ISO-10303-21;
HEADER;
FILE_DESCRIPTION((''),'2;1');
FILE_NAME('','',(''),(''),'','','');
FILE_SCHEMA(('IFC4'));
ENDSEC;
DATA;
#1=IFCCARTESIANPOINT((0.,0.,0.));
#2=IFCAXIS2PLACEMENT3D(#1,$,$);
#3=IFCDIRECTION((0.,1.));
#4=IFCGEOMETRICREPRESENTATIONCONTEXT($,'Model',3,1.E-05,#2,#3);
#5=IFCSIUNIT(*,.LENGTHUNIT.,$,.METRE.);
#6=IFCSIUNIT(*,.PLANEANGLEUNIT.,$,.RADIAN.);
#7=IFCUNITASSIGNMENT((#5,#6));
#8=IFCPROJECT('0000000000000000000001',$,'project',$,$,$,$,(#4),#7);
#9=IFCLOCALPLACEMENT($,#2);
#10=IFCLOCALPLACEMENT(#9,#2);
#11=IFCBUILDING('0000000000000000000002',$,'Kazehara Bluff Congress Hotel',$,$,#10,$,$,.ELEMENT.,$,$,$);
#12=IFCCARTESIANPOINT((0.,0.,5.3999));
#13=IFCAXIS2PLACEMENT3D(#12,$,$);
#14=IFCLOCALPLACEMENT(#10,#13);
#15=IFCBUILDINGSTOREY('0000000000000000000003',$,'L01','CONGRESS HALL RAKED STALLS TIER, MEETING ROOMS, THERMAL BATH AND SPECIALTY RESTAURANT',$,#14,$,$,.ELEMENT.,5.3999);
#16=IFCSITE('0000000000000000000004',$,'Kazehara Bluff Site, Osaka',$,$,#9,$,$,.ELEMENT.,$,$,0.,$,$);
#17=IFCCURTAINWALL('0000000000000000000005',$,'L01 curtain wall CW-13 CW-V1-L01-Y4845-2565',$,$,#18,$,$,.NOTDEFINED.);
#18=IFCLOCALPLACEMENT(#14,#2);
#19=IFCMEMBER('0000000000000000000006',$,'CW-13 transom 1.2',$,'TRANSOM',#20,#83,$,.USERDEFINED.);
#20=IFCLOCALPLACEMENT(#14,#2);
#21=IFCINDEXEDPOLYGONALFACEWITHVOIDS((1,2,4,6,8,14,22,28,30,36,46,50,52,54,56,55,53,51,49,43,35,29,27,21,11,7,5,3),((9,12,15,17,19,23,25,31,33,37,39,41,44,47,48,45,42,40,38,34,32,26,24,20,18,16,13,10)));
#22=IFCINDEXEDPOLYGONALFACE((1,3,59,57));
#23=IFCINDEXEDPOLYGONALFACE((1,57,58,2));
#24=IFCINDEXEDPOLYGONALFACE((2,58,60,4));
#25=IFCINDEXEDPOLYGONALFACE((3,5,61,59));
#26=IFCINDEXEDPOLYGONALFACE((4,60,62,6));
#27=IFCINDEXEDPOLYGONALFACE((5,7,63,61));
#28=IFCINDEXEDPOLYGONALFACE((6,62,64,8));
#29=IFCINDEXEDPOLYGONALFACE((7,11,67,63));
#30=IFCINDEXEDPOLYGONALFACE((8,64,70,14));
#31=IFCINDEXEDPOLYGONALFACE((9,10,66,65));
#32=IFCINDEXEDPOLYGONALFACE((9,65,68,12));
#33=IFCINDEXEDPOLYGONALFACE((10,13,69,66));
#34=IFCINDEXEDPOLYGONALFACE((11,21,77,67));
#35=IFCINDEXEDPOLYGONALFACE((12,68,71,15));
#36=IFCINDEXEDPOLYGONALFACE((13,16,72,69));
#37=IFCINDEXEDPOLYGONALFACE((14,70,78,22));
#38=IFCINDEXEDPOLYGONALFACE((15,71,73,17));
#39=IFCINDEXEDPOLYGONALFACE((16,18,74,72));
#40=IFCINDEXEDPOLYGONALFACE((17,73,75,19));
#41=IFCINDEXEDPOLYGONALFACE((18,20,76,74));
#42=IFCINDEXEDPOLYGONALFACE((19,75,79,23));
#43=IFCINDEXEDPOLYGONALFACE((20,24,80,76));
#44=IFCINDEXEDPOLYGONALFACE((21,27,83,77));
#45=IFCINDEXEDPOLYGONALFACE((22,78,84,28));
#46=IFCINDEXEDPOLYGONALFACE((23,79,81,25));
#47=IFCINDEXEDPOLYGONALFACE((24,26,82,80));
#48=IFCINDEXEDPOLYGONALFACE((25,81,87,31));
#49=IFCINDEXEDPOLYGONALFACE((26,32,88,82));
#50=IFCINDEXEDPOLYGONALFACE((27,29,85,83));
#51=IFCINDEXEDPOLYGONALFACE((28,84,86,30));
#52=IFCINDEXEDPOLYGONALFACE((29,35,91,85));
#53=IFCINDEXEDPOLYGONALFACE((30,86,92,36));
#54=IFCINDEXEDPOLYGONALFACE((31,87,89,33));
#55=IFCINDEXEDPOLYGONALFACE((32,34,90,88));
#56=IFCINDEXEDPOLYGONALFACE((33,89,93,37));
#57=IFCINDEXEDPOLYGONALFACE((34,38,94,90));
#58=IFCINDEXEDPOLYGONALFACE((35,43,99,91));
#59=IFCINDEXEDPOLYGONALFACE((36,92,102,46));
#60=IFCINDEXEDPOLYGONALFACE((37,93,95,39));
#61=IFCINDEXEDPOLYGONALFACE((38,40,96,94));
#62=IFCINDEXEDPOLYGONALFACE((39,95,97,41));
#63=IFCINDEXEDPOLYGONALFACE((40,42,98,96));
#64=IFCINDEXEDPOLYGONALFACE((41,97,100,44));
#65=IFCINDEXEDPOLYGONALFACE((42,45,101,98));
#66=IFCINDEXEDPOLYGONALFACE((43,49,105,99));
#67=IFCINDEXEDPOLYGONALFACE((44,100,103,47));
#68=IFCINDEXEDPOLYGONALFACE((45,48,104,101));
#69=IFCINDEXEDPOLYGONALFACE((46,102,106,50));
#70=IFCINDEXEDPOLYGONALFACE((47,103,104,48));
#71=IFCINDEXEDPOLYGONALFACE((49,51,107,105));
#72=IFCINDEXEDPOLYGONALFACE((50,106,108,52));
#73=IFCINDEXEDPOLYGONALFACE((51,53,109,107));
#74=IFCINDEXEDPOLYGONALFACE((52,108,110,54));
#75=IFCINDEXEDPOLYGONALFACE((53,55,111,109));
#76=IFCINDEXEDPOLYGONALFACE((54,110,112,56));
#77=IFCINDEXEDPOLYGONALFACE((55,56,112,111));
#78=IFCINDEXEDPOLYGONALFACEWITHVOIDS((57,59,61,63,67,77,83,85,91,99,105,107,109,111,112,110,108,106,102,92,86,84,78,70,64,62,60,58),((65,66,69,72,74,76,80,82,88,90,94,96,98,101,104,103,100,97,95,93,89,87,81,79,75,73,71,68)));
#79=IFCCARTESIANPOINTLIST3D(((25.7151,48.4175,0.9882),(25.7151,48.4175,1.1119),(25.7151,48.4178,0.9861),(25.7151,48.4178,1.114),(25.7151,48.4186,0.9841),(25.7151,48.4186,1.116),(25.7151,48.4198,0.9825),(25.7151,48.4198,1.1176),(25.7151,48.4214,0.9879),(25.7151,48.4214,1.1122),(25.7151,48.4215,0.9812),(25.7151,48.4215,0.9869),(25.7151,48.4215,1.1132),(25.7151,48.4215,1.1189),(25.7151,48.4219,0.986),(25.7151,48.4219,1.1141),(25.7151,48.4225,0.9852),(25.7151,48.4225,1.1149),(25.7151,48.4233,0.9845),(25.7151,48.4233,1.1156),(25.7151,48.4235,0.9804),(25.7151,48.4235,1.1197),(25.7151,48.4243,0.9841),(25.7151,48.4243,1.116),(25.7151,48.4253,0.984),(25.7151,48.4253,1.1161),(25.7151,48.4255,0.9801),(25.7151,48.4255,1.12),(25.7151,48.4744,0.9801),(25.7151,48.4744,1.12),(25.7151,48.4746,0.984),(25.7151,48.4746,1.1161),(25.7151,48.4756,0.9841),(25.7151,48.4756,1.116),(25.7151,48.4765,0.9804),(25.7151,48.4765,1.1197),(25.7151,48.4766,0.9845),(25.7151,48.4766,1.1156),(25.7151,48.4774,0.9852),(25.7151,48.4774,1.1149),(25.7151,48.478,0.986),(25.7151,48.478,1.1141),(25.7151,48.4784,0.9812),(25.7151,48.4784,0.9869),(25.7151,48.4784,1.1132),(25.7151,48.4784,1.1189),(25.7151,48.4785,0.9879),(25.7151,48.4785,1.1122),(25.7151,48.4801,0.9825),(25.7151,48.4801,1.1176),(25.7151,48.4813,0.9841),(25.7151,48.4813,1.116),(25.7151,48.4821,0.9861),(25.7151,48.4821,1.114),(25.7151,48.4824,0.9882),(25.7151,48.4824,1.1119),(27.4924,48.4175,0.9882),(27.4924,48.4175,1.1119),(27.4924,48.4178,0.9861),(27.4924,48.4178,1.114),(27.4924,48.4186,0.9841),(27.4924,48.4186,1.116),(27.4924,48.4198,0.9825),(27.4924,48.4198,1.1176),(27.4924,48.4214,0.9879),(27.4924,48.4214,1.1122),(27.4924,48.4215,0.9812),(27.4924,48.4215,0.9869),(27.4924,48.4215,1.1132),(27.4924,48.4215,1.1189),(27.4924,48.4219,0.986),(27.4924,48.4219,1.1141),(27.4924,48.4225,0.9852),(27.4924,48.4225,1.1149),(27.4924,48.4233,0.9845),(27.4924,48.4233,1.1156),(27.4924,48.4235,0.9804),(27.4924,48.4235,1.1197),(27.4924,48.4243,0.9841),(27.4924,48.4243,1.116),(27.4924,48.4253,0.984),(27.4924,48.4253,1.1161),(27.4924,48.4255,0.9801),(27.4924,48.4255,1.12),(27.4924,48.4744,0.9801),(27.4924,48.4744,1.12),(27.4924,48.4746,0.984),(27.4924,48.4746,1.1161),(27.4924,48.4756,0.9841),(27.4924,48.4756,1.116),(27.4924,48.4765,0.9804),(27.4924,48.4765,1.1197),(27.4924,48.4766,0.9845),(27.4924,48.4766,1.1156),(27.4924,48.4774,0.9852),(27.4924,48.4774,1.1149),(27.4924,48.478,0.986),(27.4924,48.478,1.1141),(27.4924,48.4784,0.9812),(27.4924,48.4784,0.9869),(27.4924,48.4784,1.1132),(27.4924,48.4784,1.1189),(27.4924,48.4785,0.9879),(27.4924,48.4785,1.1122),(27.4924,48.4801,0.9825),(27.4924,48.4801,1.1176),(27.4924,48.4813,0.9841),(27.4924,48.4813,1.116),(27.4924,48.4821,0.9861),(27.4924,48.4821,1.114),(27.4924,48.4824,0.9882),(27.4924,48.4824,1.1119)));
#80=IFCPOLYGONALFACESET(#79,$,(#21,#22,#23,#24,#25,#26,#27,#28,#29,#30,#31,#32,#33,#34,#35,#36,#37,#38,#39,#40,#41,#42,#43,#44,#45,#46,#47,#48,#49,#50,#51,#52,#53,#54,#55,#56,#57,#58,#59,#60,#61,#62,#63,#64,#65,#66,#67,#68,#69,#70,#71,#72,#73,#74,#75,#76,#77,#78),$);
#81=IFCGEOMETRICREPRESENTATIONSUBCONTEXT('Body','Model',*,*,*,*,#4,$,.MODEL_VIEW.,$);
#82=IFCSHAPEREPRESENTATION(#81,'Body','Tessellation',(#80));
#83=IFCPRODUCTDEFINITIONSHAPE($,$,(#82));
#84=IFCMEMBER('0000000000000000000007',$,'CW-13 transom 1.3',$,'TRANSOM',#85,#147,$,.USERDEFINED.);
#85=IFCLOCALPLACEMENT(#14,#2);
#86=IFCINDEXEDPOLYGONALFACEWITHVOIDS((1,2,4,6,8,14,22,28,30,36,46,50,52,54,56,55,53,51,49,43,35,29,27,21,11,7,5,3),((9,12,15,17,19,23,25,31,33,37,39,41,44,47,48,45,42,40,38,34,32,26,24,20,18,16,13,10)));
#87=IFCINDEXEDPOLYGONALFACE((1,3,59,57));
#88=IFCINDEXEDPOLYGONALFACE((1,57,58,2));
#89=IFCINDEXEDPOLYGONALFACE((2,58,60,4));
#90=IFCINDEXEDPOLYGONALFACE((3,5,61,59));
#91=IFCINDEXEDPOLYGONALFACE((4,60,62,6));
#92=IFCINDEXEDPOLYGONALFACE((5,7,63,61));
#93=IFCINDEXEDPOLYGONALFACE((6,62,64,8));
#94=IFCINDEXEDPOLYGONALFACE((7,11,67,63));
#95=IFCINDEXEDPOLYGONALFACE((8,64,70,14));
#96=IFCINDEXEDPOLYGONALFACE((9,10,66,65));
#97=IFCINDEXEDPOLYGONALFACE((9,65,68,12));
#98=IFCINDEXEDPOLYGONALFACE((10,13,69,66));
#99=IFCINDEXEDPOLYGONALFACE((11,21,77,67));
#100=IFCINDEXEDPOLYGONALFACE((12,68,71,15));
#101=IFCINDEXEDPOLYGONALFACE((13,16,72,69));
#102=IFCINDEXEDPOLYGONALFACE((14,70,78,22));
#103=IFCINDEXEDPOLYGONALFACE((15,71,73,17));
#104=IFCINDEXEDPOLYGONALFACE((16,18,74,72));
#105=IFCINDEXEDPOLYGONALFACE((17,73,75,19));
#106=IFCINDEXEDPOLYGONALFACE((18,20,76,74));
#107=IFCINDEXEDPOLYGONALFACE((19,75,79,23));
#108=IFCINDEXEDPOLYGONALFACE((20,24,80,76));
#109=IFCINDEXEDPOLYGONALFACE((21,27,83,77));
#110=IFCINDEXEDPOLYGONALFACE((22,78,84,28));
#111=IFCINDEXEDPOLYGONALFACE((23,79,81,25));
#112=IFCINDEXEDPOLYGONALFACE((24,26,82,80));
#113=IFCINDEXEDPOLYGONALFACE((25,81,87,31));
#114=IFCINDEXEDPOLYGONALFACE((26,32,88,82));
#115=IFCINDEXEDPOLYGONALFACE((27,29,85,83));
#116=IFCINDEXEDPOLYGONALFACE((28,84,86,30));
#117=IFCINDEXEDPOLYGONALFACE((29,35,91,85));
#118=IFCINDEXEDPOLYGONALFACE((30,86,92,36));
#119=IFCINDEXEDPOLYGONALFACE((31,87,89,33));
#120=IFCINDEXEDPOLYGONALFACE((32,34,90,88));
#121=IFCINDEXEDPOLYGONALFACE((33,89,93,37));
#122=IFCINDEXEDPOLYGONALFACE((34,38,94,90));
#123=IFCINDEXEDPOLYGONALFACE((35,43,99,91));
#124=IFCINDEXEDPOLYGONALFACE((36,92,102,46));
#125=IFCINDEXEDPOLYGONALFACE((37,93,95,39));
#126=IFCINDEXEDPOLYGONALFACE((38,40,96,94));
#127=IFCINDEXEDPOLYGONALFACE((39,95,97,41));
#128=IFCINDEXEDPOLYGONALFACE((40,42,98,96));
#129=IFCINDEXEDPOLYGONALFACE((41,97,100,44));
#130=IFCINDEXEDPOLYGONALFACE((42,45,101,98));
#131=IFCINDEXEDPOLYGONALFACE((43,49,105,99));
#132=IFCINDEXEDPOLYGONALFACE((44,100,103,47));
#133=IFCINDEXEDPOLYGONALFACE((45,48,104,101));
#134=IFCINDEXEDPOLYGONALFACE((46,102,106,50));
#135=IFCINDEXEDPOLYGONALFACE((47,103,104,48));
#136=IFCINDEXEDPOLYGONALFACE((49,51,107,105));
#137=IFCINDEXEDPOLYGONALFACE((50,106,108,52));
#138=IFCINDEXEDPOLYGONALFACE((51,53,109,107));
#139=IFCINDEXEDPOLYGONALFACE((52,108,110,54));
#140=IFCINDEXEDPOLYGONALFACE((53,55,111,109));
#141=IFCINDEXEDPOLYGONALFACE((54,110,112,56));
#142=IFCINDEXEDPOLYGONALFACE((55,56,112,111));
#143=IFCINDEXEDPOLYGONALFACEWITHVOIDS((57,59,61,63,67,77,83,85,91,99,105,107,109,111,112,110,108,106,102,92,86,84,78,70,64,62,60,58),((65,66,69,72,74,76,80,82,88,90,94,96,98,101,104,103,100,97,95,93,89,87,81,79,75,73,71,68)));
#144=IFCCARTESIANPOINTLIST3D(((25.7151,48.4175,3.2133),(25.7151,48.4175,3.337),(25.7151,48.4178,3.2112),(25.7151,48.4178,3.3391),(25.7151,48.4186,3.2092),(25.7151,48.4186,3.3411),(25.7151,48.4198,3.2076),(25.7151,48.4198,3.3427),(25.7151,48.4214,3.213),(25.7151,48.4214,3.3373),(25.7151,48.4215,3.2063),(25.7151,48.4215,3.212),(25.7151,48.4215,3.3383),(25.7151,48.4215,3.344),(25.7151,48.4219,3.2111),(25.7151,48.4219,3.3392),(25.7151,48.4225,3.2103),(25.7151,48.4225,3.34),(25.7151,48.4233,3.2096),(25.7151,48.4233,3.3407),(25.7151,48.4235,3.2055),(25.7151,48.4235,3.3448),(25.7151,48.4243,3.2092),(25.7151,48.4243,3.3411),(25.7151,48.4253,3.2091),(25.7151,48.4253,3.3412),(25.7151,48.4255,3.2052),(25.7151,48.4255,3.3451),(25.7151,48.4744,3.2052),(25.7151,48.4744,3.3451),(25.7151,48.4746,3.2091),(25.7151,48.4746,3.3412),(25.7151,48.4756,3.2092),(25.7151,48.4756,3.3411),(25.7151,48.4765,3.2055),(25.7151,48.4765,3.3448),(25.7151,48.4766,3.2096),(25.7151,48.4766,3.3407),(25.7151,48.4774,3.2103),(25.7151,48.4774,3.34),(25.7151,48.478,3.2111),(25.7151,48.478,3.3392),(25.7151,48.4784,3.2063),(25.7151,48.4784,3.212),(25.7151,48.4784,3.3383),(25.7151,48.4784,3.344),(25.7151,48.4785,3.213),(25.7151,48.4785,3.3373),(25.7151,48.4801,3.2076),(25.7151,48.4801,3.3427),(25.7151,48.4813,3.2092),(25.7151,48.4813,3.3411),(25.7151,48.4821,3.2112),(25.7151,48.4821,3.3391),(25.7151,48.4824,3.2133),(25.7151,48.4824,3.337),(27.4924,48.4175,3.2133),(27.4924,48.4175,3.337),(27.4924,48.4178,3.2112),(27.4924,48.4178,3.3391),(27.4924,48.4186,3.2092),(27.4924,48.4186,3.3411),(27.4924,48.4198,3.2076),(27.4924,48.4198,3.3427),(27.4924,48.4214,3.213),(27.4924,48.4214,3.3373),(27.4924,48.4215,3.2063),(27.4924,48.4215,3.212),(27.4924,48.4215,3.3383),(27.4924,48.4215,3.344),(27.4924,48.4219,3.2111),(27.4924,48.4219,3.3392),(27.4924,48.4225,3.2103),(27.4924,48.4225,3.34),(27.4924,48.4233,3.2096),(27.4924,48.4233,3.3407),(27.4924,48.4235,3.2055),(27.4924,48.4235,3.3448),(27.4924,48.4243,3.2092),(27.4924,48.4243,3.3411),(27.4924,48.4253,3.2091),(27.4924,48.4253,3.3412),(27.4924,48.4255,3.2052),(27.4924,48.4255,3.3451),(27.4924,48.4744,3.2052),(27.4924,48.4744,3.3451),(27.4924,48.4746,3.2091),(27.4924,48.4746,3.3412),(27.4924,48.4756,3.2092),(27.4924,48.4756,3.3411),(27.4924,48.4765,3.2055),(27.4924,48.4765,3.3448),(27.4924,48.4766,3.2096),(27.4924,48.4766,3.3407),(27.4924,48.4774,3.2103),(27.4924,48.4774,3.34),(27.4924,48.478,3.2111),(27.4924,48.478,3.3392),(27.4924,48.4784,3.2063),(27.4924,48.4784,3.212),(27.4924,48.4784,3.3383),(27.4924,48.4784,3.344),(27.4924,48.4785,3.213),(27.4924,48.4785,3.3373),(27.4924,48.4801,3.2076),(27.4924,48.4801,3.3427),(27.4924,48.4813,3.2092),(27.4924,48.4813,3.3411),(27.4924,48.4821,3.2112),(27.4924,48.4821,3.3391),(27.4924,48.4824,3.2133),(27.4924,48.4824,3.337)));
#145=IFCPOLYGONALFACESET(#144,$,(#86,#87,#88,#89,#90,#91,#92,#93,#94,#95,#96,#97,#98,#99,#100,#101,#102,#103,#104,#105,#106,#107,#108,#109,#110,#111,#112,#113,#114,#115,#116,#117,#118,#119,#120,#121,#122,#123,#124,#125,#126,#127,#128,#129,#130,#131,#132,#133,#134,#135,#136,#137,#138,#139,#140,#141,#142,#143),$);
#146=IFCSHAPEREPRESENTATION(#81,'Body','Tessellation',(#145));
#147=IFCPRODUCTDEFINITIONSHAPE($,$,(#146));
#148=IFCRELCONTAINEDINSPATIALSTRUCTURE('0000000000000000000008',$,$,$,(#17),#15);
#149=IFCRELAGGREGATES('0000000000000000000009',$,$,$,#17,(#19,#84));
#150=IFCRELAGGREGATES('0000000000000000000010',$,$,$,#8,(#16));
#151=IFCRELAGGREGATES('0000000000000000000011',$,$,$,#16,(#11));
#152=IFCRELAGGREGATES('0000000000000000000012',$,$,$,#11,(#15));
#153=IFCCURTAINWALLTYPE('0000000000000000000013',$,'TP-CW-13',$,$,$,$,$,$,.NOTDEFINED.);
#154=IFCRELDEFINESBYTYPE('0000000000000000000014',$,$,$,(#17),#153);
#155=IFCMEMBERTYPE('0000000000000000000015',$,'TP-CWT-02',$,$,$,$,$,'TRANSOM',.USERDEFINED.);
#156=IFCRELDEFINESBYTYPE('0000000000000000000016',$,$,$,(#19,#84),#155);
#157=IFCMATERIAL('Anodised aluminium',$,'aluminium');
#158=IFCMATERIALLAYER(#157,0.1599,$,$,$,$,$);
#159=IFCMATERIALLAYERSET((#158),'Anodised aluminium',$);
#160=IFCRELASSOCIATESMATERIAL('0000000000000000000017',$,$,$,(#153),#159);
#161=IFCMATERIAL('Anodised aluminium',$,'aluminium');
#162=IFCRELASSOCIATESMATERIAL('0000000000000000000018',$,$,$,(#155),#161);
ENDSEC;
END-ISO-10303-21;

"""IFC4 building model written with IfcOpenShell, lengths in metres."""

from ifc_helpers import new_model, si_unit, direction, frame, origin, origin_2d, place, context, subcontext, project, spatial, hollow_rectangle, extrude, material, layer, layer_set, material_profile, profile_set, type_object, element, aggregate, save


model = new_model("IFC4")

# Units and contexts
model_context = context("Model", 3, precision=1e-05, world=origin(), true_north=direction((0.0, 1.0)))
body_context = subcontext(model_context, "Body", "Model", "MODEL_VIEW")
ifc_project = project(units=[si_unit("LENGTHUNIT", "METRE"), si_unit("PLANEANGLEUNIT", "RADIAN")], contexts=[model_context])

# Site, building, storey
site_placement = place(None, origin())
site = spatial("IfcSite", under=ifc_project, at=site_placement, Name="Kazehara Bluff Site, Osaka", CompositionType="ELEMENT", RefElevation=0.0)
building_placement = place(site_placement, origin())
building = spatial("IfcBuilding", under=site, at=building_placement, Name="Kazehara Bluff Congress Hotel", CompositionType="ELEMENT")
storey_placement = place(building_placement, frame((0.0, 0.0, 5.3999)))
storey = spatial("IfcBuildingStorey", under=building, at=storey_placement, Name="L01", Description="CONGRESS HALL RAKED STALLS TIER, MEETING ROOMS, THERMAL BATH AND SPECIALTY RESTAURANT", CompositionType="ELEMENT", Elevation=5.3999)

# Curtain wall
ifc_material_1 = material(Name="Anodised aluminium", Category="aluminium")
ifc_layer_1 = layer(ifc_material_1, 0.1599)
ifc_layer_set_1 = layer_set([ifc_layer_1], Name="Anodised aluminium")
curtain_wall_type_1 = type_object("IfcCurtainWallType", Name="TP-CW-13", PredefinedType="NOTDEFINED", material=ifc_layer_set_1)
curtain_wall_1_placement = place(storey_placement, origin())
curtain_wall_1 = element("IfcCurtainWall", 1, at=curtain_wall_1_placement, inside=storey, type_object=curtain_wall_type_1, Name="L01 curtain wall CW-13 CW-V1-L01-Y4845-2565", PredefinedType="NOTDEFINED")

# Members
ifc_material_2 = material(Name="Anodised aluminium", Category="aluminium")
ifc_material_profile_1 = material_profile(ifc_material_2, hollow_rectangle(XDim=0.0649, YDim=0.1399, WallThickness=0.0039, InnerFilletRadius=0.0039, OuterFilletRadius=0.0081, at=origin_2d()))
ifc_profile_set_1 = profile_set([ifc_material_profile_1], Name="Anodised aluminium")
member_type_1 = type_object("IfcMemberType", Name="TP-CWT-02", ElementType="TRANSOM", PredefinedType="USERDEFINED", material=ifc_profile_set_1)
member_1_placement = place(storey_placement, frame((25.7151, 48.45, 1.05), z_axis=(1.0, 0.0, 0.0), x_axis=(0.0, 1.0, 0.0)))
member_1 = element("IfcMember", 2, at=member_1_placement, type_object=member_type_1, Name="CW-13 transom 1.2", ObjectType="TRANSOM", PredefinedType="USERDEFINED", context=body_context, shape_type="SweptSolid", body=[
    extrude(hollow_rectangle(XDim=0.0649, YDim=0.1399, WallThickness=0.0039, InnerFilletRadius=0.0039, OuterFilletRadius=0.0081, at=origin_2d()), origin(), (0.0, 0.0, 1.0), 1.7773),
])
member_2_placement = place(storey_placement, frame((25.7151, 48.45, 3.2751), z_axis=(1.0, 0.0, 0.0), x_axis=(0.0, 1.0, 0.0)))
member_2 = element("IfcMember", 3, at=member_2_placement, type_object=member_type_1, Name="CW-13 transom 1.3", ObjectType="TRANSOM", PredefinedType="USERDEFINED", context=body_context, shape_type="SweptSolid", body=[
    extrude(hollow_rectangle(XDim=0.0649, YDim=0.1399, WallThickness=0.0039, InnerFilletRadius=0.0039, OuterFilletRadius=0.0081, at=origin_2d()), origin(), (0.0, 0.0, 1.0), 1.7773),
])

aggregate(curtain_wall_1, [member_1, member_2])

save(model, "model.ifc")
